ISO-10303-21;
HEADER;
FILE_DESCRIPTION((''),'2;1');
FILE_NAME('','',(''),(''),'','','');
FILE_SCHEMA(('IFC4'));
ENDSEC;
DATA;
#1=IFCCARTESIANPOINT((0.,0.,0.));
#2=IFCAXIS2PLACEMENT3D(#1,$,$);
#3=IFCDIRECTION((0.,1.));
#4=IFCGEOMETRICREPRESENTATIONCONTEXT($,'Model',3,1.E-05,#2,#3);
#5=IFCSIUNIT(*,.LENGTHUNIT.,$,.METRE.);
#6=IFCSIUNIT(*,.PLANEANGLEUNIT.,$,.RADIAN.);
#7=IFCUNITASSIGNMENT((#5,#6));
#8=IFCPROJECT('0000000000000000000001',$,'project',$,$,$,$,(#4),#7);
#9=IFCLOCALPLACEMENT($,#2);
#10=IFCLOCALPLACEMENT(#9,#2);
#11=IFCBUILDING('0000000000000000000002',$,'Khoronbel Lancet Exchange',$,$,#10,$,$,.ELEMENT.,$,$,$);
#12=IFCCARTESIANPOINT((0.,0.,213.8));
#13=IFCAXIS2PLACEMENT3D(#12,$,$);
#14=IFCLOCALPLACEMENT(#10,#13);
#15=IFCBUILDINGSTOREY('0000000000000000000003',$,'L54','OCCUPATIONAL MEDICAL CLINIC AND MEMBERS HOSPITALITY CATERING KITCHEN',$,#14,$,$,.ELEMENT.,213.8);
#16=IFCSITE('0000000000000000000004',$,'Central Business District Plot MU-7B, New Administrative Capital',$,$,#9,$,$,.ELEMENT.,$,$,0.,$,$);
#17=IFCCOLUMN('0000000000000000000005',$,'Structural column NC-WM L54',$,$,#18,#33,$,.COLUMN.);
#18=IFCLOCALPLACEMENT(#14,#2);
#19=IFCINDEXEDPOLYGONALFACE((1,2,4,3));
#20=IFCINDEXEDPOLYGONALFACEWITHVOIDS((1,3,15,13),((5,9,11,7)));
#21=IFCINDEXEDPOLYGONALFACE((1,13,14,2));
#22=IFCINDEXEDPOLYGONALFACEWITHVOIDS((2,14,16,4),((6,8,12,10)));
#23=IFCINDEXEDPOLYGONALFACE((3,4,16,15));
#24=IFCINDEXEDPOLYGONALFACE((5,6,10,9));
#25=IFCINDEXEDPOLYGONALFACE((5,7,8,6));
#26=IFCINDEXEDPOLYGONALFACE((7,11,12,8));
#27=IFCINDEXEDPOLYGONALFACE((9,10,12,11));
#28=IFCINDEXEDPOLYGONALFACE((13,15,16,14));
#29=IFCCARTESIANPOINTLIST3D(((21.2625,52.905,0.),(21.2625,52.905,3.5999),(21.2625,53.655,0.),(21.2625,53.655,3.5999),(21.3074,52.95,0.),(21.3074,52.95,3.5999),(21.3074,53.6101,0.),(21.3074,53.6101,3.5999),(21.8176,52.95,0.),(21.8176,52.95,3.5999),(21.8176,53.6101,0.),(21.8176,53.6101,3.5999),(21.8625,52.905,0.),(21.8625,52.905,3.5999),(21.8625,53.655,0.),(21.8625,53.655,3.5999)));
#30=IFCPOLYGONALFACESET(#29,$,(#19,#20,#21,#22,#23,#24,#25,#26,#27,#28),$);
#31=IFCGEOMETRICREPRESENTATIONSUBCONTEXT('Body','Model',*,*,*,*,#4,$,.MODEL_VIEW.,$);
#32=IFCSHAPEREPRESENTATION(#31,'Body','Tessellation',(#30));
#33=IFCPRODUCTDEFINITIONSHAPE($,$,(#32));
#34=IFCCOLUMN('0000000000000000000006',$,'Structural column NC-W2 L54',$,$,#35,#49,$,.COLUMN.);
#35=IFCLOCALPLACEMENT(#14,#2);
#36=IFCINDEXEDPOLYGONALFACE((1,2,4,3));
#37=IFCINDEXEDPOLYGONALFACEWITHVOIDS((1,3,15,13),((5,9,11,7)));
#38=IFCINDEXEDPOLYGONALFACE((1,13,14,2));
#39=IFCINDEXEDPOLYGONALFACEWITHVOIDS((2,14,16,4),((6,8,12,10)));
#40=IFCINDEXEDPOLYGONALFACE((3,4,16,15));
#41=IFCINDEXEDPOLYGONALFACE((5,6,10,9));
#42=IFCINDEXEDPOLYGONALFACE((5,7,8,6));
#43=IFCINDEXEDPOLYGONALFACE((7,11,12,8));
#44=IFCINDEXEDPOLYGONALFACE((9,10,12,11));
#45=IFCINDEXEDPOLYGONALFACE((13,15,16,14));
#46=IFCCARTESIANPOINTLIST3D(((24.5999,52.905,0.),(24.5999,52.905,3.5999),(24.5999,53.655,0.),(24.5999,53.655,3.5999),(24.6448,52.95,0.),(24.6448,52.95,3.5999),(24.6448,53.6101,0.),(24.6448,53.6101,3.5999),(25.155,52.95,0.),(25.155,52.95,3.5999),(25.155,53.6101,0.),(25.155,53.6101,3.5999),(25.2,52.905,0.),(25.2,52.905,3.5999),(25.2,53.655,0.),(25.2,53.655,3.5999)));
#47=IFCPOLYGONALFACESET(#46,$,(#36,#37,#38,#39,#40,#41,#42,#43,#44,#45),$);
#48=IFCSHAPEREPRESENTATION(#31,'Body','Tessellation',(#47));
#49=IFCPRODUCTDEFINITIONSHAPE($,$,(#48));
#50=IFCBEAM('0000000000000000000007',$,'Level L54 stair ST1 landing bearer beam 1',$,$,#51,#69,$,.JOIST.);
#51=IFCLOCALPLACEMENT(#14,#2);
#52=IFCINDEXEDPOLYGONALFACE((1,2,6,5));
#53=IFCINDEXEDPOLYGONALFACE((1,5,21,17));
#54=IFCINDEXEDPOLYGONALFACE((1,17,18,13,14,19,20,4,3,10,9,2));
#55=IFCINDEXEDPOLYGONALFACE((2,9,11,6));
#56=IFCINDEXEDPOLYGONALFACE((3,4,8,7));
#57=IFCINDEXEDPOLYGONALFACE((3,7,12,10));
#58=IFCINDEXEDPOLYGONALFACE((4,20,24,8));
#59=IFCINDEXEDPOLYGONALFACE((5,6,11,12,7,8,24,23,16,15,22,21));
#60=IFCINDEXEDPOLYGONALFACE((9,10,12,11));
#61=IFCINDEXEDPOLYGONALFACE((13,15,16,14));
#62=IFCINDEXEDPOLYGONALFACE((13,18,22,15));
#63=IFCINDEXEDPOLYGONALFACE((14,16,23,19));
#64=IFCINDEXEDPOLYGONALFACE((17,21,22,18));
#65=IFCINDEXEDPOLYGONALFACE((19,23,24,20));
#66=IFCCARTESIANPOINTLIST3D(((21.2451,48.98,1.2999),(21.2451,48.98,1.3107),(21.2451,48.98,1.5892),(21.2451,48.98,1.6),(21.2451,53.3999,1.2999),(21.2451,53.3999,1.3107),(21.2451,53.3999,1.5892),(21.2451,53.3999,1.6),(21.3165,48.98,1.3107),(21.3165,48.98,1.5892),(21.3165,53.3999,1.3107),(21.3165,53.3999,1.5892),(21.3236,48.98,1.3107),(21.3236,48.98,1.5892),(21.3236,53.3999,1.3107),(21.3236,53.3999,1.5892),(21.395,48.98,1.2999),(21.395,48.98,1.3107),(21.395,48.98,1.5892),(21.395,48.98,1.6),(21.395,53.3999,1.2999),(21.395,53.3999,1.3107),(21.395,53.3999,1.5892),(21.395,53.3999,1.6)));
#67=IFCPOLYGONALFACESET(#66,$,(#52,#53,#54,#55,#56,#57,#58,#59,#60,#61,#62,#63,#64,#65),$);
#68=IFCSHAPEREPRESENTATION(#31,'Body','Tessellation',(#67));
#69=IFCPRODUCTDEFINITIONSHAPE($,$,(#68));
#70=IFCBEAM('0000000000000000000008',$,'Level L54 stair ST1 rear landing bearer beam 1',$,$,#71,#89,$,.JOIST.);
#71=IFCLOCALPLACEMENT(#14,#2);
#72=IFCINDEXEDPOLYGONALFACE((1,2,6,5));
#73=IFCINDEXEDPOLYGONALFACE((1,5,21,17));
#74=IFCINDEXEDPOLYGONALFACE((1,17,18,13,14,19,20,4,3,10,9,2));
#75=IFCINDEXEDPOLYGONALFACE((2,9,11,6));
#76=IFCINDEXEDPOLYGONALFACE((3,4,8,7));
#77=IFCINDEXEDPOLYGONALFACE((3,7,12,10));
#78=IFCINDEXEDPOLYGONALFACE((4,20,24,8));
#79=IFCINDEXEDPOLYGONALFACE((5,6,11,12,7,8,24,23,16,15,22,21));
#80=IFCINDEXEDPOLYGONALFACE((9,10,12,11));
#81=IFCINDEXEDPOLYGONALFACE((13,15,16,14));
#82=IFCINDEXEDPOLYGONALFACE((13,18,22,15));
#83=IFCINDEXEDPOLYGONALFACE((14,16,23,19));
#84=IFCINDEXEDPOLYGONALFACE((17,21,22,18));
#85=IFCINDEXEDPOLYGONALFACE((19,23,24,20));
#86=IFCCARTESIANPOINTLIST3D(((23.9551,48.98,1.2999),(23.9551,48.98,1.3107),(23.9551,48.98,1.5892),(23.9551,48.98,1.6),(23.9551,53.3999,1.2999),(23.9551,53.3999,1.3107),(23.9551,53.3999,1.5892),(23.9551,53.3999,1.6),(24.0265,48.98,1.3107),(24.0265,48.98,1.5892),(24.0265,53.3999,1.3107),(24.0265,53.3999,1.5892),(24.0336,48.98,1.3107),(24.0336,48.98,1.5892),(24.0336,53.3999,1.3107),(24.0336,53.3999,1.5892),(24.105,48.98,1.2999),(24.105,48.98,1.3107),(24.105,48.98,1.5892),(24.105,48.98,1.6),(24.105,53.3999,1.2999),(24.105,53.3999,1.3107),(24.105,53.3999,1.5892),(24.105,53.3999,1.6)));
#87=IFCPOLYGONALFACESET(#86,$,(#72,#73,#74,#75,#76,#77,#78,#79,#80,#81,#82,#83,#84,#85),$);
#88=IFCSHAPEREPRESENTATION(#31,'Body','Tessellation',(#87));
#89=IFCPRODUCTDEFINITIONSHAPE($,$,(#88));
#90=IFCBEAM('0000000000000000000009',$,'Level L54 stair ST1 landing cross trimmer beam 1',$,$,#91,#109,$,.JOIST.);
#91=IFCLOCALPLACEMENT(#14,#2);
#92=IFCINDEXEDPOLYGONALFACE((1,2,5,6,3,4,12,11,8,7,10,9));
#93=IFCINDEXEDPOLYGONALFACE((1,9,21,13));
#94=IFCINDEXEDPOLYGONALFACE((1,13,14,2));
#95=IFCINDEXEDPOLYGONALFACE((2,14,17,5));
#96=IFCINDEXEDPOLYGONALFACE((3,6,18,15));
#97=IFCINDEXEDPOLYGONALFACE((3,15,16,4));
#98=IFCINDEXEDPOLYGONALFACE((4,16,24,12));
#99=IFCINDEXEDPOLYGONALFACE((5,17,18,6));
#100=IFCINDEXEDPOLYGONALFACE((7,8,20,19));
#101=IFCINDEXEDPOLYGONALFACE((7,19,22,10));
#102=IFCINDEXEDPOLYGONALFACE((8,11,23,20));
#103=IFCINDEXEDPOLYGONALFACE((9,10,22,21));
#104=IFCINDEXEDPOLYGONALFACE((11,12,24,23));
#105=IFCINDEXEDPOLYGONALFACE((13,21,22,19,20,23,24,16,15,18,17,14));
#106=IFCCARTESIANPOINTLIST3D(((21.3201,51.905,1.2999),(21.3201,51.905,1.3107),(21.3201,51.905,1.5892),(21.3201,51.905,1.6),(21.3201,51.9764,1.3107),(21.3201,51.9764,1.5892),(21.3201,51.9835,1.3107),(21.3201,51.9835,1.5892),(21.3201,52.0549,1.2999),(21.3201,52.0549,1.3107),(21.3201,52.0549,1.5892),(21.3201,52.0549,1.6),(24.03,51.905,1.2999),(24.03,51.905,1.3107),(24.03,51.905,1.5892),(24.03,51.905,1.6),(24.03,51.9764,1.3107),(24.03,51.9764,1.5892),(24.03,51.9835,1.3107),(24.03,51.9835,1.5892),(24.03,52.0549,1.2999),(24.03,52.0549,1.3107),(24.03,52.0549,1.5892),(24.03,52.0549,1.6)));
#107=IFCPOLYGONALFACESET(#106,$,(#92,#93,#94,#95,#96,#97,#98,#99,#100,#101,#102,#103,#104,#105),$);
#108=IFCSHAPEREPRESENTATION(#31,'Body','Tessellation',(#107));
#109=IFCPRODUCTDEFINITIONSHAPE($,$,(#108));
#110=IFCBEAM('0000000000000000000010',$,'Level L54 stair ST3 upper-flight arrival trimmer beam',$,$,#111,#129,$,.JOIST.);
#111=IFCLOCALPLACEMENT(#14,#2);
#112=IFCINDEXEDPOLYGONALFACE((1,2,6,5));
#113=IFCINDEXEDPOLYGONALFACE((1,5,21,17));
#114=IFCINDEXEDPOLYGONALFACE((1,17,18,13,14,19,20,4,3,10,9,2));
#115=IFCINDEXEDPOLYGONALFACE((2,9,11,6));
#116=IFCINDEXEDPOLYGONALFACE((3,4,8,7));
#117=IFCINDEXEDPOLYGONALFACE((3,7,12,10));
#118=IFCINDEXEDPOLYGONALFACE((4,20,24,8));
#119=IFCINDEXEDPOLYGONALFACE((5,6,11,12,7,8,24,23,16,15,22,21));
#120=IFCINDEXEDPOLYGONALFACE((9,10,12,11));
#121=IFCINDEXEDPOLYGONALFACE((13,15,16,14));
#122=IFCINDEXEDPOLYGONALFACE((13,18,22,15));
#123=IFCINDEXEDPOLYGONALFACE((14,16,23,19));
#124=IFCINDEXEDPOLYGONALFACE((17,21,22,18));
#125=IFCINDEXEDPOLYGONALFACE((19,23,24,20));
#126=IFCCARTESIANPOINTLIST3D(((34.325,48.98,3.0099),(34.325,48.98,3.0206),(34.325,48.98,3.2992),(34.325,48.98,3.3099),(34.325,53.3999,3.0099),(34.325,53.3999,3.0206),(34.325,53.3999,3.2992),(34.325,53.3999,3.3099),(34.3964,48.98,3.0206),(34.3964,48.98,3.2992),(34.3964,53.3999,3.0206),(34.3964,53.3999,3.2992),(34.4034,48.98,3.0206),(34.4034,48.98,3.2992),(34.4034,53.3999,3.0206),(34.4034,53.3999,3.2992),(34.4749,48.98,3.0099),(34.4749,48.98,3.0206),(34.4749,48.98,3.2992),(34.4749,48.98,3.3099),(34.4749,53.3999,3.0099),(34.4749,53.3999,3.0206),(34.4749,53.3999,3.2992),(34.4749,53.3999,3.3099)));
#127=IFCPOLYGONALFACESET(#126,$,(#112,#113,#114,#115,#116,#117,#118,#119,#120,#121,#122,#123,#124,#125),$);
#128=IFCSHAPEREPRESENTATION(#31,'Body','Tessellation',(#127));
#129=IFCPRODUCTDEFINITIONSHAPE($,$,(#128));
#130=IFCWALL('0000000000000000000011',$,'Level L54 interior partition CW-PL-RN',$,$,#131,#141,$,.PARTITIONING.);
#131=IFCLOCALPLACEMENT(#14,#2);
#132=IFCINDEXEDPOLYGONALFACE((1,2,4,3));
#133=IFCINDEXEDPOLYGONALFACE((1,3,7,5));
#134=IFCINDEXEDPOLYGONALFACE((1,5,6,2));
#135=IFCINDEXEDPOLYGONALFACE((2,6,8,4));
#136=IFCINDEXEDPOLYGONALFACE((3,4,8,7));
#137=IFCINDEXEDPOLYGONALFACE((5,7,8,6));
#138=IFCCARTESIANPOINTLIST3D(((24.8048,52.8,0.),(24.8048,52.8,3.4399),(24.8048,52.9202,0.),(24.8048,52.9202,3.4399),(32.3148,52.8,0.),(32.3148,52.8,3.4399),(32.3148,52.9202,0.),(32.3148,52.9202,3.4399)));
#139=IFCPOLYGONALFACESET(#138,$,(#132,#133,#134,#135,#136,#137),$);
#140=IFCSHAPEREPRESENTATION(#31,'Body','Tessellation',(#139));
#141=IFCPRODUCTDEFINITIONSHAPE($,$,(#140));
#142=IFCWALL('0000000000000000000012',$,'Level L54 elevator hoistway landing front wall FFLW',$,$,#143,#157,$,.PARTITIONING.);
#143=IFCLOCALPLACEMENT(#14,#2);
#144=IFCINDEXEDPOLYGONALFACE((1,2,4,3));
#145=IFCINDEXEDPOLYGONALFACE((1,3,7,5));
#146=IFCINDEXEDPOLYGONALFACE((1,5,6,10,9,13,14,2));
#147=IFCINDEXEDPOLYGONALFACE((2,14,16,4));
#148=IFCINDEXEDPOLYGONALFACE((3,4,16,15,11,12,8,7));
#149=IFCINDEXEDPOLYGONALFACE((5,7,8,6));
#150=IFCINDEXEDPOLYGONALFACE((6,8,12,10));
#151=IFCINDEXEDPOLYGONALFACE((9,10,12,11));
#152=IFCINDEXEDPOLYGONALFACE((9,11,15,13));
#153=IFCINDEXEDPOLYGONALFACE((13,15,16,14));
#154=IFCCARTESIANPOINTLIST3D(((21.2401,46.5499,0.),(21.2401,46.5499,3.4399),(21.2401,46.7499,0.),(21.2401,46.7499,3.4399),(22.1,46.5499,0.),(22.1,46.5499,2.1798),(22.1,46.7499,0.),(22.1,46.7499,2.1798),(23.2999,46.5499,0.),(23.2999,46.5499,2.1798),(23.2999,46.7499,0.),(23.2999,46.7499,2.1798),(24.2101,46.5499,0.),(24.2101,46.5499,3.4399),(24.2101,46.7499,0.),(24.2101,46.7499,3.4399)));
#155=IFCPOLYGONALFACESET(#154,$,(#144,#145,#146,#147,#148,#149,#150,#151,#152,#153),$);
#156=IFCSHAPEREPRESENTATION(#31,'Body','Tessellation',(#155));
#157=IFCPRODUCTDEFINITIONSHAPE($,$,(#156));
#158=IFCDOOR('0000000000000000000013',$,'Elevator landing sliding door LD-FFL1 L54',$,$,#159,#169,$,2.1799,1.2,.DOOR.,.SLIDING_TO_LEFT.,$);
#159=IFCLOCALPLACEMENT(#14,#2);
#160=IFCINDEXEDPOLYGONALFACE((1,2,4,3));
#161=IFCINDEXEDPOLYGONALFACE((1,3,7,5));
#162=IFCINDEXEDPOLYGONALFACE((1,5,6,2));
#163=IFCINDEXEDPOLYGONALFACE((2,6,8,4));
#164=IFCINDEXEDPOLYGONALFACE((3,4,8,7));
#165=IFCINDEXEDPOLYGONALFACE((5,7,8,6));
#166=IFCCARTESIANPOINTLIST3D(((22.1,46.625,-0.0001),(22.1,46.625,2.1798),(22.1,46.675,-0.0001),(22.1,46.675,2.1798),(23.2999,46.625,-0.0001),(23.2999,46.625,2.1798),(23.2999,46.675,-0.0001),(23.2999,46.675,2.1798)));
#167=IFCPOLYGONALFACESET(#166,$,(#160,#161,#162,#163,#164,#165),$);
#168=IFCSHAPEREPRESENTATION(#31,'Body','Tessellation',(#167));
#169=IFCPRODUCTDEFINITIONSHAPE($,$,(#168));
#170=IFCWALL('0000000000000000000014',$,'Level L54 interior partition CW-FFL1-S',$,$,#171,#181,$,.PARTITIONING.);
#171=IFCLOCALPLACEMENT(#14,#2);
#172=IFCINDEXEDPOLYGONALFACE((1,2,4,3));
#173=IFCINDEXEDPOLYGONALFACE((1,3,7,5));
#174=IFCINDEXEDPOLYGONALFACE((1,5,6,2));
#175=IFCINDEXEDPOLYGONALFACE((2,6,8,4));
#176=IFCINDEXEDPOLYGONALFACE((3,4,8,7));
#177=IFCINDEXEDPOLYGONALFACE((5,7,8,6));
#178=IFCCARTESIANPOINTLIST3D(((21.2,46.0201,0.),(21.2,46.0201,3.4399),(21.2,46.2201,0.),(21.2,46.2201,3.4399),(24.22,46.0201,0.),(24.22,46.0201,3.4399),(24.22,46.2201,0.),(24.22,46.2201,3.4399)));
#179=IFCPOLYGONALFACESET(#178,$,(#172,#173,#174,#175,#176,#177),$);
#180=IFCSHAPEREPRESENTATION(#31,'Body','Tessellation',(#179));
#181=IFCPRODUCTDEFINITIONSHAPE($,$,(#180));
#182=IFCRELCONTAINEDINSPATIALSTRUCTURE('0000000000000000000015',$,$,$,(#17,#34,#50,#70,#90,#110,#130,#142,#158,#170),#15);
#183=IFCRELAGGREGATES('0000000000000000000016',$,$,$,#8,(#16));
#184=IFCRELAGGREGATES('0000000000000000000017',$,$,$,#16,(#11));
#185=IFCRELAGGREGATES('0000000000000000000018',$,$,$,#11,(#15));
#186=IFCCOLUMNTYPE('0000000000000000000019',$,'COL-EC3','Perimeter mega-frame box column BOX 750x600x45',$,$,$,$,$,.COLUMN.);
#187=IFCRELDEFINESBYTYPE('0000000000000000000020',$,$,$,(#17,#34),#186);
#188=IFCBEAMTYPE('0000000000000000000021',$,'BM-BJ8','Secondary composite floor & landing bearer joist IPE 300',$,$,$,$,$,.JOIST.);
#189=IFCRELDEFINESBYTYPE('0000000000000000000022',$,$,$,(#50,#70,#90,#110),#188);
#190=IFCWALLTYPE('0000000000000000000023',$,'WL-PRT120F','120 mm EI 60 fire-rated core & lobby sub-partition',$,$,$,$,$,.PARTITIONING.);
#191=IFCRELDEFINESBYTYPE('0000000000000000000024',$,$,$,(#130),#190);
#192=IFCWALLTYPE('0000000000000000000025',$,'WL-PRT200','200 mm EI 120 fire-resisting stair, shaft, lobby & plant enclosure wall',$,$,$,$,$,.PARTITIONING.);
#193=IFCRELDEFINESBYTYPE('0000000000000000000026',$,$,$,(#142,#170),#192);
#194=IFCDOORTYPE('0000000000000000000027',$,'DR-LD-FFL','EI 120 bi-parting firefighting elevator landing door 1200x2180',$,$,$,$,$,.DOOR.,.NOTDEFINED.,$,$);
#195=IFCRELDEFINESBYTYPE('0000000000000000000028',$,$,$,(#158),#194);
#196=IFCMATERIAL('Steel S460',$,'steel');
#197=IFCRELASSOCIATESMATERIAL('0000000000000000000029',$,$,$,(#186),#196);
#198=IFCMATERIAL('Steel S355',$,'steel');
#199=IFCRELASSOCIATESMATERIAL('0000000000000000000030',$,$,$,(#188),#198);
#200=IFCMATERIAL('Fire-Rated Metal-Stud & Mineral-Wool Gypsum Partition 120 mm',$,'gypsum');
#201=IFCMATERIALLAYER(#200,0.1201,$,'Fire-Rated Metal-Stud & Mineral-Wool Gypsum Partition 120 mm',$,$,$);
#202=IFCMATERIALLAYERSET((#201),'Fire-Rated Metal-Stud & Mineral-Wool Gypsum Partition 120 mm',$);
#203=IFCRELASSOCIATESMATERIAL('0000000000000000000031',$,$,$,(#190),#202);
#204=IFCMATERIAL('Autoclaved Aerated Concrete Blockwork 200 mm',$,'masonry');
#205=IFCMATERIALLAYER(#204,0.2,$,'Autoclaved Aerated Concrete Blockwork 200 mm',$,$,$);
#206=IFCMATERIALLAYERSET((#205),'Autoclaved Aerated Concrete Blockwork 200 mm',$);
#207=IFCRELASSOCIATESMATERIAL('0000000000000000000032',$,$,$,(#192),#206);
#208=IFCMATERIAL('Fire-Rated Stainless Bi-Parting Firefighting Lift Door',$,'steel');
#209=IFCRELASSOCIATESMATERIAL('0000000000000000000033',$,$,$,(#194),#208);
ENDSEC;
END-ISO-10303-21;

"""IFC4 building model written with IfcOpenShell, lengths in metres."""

from ifc_helpers import new_model, si_unit, direction, frame, frame_2d, origin, origin_2d, place, context, subcontext, project, spatial, rectangle, hollow_rectangle, i_section, extrude, material, layer, layer_set, material_profile, profile_set, type_object, element, fill, save


model = new_model("IFC4")

# Units and contexts
model_context = context("Model", 3, precision=1e-05, world=origin(), true_north=direction((0.0, 1.0)))
body_context = subcontext(model_context, "Body", "Model", "MODEL_VIEW")
ifc_project = project(units=[si_unit("LENGTHUNIT", "METRE"), si_unit("PLANEANGLEUNIT", "RADIAN")], contexts=[model_context])

# Site, building, storey
site_placement = place(None, origin())
site = spatial("IfcSite", under=ifc_project, at=site_placement, Name="Central Business District Plot MU-7B, New Administrative Capital", CompositionType="ELEMENT", RefElevation=0.0)
building_placement = place(site_placement, origin())
building = spatial("IfcBuilding", under=site, at=building_placement, Name="Khoronbel Lancet Exchange", CompositionType="ELEMENT")
storey_placement = place(building_placement, frame((0.0, 0.0, 213.8)))
storey = spatial("IfcBuildingStorey", under=building, at=storey_placement, Name="L54", Description="OCCUPATIONAL MEDICAL CLINIC AND MEMBERS HOSPITALITY CATERING KITCHEN", CompositionType="ELEMENT", Elevation=213.8)

# Columns
ifc_material_1 = material(Name="Steel S460", Category="steel")
ifc_material_profile_1 = material_profile(ifc_material_1, hollow_rectangle(XDim=0.6001, YDim=0.75, WallThickness=0.0449, at=origin_2d()), Name="BOX 750x600x45")
ifc_profile_set_1 = profile_set([ifc_material_profile_1], Name="Steel S460")
column_type = type_object("IfcColumnType", Name="COL-EC3", Description="Perimeter mega-frame box column BOX 750x600x45", PredefinedType="COLUMN", material=ifc_profile_set_1)
for number, where, z_axis, x_axis, name in (
    (1, (21.5625, 53.28, 0.0), (0.0, 0.0, 1.0), (1.0, 0.0, 0.0), "Structural column NC-WM L54"),
    (2, (24.8999, 53.28, 0.0), (0.0, 0.0, 1.0), (1.0, 0.0, 0.0), "Structural column NC-W2 L54"),
):
    element("IfcColumn", number, at=place(storey_placement, frame(where, z_axis=z_axis, x_axis=x_axis)), inside=storey, type_object=column_type, Name=name, PredefinedType="COLUMN", context=body_context, shape_type="SweptSolid", body=[
        extrude(hollow_rectangle(XDim=0.6001, YDim=0.75, WallThickness=0.0449, at=origin_2d()), origin(), (0.0, 0.0, 1.0), 3.5999),
    ])

# Beams
ifc_material_2 = material(Name="Steel S355", Category="steel")
ifc_material_profile_2 = material_profile(ifc_material_2, i_section(OverallWidth=0.1499, OverallDepth=0.3, WebThickness=0.0071, FlangeThickness=0.0107, at=origin_2d()), Name="IPE 300")
ifc_profile_set_2 = profile_set([ifc_material_profile_2], Name="Steel S355")
beam_type = type_object("IfcBeamType", Name="BM-BJ8", Description="Secondary composite floor & landing bearer joist IPE 300", PredefinedType="JOIST", material=ifc_profile_set_2)
for number, where, z_axis, x_axis, name in (
    (3, (21.3201, 48.98, 1.45), (0.0, 1.0, 0.0), (-1.0, 0.0, 0.0), "Level L54 stair ST1 landing bearer beam 1"),
    (4, (24.03, 48.98, 1.45), (0.0, 1.0, 0.0), (-1.0, 0.0, 0.0), "Level L54 stair ST1 rear landing bearer beam 1"),
):
    element("IfcBeam", number, at=place(storey_placement, frame(where, z_axis=z_axis, x_axis=x_axis)), inside=storey, type_object=beam_type, Name=name, PredefinedType="JOIST", context=body_context, shape_type="SweptSolid", body=[
        extrude(i_section(OverallWidth=0.1499, OverallDepth=0.3, WebThickness=0.0071, FlangeThickness=0.0107, at=origin_2d()), origin(), (0.0, 0.0, 1.0), 4.4199),
    ])
beam_1_placement = place(storey_placement, frame((21.3201, 51.98, 1.45), z_axis=(1.0, 0.0, 0.0), x_axis=(0.0, 1.0, 0.0)))
element("IfcBeam", 5, at=beam_1_placement, inside=storey, type_object=beam_type, Name="Level L54 stair ST1 landing cross trimmer beam 1", PredefinedType="JOIST", context=body_context, shape_type="SweptSolid", body=[
    extrude(i_section(OverallWidth=0.1499, OverallDepth=0.3, WebThickness=0.0071, FlangeThickness=0.0107, at=origin_2d()), origin(), (0.0, 0.0, 1.0), 2.71),
])
beam_2_placement = place(storey_placement, frame((34.3999, 48.98, 3.1599), z_axis=(0.0, 1.0, 0.0), x_axis=(-1.0, 0.0, 0.0)))
element("IfcBeam", 6, at=beam_2_placement, inside=storey, type_object=beam_type, Name="Level L54 stair ST3 upper-flight arrival trimmer beam", PredefinedType="JOIST", context=body_context, shape_type="SweptSolid", body=[
    extrude(i_section(OverallWidth=0.1499, OverallDepth=0.3, WebThickness=0.0071, FlangeThickness=0.0107, at=origin_2d()), origin(), (0.0, 0.0, 1.0), 4.4199),
])

# Wall
ifc_material_3 = material(Name="Fire-Rated Metal-Stud & Mineral-Wool Gypsum Partition 120 mm", Category="gypsum")
ifc_layer_1 = layer(ifc_material_3, 0.1201, Name="Fire-Rated Metal-Stud & Mineral-Wool Gypsum Partition 120 mm")
ifc_layer_set_1 = layer_set([ifc_layer_1], Name="Fire-Rated Metal-Stud & Mineral-Wool Gypsum Partition 120 mm")
wall_type_1 = type_object("IfcWallType", Name="WL-PRT120F", Description="120 mm EI 60 fire-rated core & lobby sub-partition", PredefinedType="PARTITIONING", material=ifc_layer_set_1)
wall_1_placement = place(storey_placement, frame((24.8049, 52.8601, 0.0), z_axis=(0.0, 0.0, 1.0), x_axis=(1.0, 0.0, 0.0)))
element("IfcWall", 7, at=wall_1_placement, inside=storey, type_object=wall_type_1, Name="Level L54 interior partition CW-PL-RN", PredefinedType="PARTITIONING", context=body_context, shape_type="SweptSolid", body=[
    extrude(rectangle(XDim=7.51, YDim=0.1201, at=frame_2d((3.7549, 0.0))), origin(), (0.0, 0.0, 1.0), 3.4399),
])

# Wall, opening, door
ifc_material_4 = material(Name="Autoclaved Aerated Concrete Blockwork 200 mm", Category="masonry")
ifc_layer_2 = layer(ifc_material_4, 0.2, Name="Autoclaved Aerated Concrete Blockwork 200 mm")
ifc_layer_set_2 = layer_set([ifc_layer_2], Name="Autoclaved Aerated Concrete Blockwork 200 mm")
wall_type_2 = type_object("IfcWallType", Name="WL-PRT200", Description="200 mm EI 120 fire-resisting stair, shaft, lobby & plant enclosure wall", PredefinedType="PARTITIONING", material=ifc_layer_set_2)
wall_2_placement = place(storey_placement, frame((24.21, 46.6499, 0.0), z_axis=(0.0, 0.0, 1.0), x_axis=(-1.0, 0.0, 0.0)))
wall_2 = element("IfcWall", 8, at=wall_2_placement, inside=storey, type_object=wall_type_2, Name="Level L54 elevator hoistway landing front wall FFLW", PredefinedType="PARTITIONING", context=body_context, shape_type="SweptSolid", body=[
    extrude(rectangle(XDim=2.97, YDim=0.2, at=frame_2d((1.4849, 0.0))), origin(), (0.0, 0.0, 1.0), 3.4399),
])
opening_1_placement = place(wall_2_placement, frame((0.9099, 0.0, 0.0)))
opening_1 = element("IfcOpeningElement", 9, at=opening_1_placement, cuts=wall_2, PredefinedType="OPENING", context=body_context, shape_type="SweptSolid", body=[
    extrude(rectangle(XDim=1.2, YDim=2.1799, at=frame_2d((0.6001, 1.0898))), frame((0.0, 0.1099, 0.0), z_axis=(0.0, -1.0, 0.0), x_axis=(1.0, 0.0, 0.0)), (0.0, 0.0, 1.0), 0.22),
])
ifc_material_5 = material(Name="Fire-Rated Stainless Bi-Parting Firefighting Lift Door", Category="steel")
door_type_1 = type_object("IfcDoorType", Name="DR-LD-FFL", Description="EI 120 bi-parting firefighting elevator landing door 1200x2180", OperationType="NOTDEFINED", PredefinedType="DOOR", material=ifc_material_5)
door_1_placement = place(opening_1_placement, origin())
door_1 = element("IfcDoor", 10, at=door_1_placement, inside=storey, type_object=door_type_1, Name="Elevator landing sliding door LD-FFL1 L54", OperationType="SLIDING_TO_LEFT", OverallHeight=2.1799, OverallWidth=1.2, PredefinedType="DOOR", context=body_context, shape_type="SweptSolid", body=[
    extrude(rectangle(XDim=1.2, YDim=2.1799, at=frame_2d((0.6001, 1.0898))), frame((0.0, 0.0249, 0.0), z_axis=(0.0, -1.0, 0.0), x_axis=(1.0, 0.0, 0.0)), (0.0, 0.0, 1.0), 0.05),
])
fill(opening_1, door_1)

# Wall
wall_3_placement = place(storey_placement, frame((21.2, 46.1201, 0.0), z_axis=(0.0, 0.0, 1.0), x_axis=(1.0, 0.0, 0.0)))
element("IfcWall", 11, at=wall_3_placement, inside=storey, type_object=wall_type_2, Name="Level L54 interior partition CW-FFL1-S", PredefinedType="PARTITIONING", context=body_context, shape_type="SweptSolid", body=[
    extrude(rectangle(XDim=3.02, YDim=0.2, at=frame_2d((1.51, 0.0))), origin(), (0.0, 0.0, 1.0), 3.4399),
])

save(model, "model.ifc")
